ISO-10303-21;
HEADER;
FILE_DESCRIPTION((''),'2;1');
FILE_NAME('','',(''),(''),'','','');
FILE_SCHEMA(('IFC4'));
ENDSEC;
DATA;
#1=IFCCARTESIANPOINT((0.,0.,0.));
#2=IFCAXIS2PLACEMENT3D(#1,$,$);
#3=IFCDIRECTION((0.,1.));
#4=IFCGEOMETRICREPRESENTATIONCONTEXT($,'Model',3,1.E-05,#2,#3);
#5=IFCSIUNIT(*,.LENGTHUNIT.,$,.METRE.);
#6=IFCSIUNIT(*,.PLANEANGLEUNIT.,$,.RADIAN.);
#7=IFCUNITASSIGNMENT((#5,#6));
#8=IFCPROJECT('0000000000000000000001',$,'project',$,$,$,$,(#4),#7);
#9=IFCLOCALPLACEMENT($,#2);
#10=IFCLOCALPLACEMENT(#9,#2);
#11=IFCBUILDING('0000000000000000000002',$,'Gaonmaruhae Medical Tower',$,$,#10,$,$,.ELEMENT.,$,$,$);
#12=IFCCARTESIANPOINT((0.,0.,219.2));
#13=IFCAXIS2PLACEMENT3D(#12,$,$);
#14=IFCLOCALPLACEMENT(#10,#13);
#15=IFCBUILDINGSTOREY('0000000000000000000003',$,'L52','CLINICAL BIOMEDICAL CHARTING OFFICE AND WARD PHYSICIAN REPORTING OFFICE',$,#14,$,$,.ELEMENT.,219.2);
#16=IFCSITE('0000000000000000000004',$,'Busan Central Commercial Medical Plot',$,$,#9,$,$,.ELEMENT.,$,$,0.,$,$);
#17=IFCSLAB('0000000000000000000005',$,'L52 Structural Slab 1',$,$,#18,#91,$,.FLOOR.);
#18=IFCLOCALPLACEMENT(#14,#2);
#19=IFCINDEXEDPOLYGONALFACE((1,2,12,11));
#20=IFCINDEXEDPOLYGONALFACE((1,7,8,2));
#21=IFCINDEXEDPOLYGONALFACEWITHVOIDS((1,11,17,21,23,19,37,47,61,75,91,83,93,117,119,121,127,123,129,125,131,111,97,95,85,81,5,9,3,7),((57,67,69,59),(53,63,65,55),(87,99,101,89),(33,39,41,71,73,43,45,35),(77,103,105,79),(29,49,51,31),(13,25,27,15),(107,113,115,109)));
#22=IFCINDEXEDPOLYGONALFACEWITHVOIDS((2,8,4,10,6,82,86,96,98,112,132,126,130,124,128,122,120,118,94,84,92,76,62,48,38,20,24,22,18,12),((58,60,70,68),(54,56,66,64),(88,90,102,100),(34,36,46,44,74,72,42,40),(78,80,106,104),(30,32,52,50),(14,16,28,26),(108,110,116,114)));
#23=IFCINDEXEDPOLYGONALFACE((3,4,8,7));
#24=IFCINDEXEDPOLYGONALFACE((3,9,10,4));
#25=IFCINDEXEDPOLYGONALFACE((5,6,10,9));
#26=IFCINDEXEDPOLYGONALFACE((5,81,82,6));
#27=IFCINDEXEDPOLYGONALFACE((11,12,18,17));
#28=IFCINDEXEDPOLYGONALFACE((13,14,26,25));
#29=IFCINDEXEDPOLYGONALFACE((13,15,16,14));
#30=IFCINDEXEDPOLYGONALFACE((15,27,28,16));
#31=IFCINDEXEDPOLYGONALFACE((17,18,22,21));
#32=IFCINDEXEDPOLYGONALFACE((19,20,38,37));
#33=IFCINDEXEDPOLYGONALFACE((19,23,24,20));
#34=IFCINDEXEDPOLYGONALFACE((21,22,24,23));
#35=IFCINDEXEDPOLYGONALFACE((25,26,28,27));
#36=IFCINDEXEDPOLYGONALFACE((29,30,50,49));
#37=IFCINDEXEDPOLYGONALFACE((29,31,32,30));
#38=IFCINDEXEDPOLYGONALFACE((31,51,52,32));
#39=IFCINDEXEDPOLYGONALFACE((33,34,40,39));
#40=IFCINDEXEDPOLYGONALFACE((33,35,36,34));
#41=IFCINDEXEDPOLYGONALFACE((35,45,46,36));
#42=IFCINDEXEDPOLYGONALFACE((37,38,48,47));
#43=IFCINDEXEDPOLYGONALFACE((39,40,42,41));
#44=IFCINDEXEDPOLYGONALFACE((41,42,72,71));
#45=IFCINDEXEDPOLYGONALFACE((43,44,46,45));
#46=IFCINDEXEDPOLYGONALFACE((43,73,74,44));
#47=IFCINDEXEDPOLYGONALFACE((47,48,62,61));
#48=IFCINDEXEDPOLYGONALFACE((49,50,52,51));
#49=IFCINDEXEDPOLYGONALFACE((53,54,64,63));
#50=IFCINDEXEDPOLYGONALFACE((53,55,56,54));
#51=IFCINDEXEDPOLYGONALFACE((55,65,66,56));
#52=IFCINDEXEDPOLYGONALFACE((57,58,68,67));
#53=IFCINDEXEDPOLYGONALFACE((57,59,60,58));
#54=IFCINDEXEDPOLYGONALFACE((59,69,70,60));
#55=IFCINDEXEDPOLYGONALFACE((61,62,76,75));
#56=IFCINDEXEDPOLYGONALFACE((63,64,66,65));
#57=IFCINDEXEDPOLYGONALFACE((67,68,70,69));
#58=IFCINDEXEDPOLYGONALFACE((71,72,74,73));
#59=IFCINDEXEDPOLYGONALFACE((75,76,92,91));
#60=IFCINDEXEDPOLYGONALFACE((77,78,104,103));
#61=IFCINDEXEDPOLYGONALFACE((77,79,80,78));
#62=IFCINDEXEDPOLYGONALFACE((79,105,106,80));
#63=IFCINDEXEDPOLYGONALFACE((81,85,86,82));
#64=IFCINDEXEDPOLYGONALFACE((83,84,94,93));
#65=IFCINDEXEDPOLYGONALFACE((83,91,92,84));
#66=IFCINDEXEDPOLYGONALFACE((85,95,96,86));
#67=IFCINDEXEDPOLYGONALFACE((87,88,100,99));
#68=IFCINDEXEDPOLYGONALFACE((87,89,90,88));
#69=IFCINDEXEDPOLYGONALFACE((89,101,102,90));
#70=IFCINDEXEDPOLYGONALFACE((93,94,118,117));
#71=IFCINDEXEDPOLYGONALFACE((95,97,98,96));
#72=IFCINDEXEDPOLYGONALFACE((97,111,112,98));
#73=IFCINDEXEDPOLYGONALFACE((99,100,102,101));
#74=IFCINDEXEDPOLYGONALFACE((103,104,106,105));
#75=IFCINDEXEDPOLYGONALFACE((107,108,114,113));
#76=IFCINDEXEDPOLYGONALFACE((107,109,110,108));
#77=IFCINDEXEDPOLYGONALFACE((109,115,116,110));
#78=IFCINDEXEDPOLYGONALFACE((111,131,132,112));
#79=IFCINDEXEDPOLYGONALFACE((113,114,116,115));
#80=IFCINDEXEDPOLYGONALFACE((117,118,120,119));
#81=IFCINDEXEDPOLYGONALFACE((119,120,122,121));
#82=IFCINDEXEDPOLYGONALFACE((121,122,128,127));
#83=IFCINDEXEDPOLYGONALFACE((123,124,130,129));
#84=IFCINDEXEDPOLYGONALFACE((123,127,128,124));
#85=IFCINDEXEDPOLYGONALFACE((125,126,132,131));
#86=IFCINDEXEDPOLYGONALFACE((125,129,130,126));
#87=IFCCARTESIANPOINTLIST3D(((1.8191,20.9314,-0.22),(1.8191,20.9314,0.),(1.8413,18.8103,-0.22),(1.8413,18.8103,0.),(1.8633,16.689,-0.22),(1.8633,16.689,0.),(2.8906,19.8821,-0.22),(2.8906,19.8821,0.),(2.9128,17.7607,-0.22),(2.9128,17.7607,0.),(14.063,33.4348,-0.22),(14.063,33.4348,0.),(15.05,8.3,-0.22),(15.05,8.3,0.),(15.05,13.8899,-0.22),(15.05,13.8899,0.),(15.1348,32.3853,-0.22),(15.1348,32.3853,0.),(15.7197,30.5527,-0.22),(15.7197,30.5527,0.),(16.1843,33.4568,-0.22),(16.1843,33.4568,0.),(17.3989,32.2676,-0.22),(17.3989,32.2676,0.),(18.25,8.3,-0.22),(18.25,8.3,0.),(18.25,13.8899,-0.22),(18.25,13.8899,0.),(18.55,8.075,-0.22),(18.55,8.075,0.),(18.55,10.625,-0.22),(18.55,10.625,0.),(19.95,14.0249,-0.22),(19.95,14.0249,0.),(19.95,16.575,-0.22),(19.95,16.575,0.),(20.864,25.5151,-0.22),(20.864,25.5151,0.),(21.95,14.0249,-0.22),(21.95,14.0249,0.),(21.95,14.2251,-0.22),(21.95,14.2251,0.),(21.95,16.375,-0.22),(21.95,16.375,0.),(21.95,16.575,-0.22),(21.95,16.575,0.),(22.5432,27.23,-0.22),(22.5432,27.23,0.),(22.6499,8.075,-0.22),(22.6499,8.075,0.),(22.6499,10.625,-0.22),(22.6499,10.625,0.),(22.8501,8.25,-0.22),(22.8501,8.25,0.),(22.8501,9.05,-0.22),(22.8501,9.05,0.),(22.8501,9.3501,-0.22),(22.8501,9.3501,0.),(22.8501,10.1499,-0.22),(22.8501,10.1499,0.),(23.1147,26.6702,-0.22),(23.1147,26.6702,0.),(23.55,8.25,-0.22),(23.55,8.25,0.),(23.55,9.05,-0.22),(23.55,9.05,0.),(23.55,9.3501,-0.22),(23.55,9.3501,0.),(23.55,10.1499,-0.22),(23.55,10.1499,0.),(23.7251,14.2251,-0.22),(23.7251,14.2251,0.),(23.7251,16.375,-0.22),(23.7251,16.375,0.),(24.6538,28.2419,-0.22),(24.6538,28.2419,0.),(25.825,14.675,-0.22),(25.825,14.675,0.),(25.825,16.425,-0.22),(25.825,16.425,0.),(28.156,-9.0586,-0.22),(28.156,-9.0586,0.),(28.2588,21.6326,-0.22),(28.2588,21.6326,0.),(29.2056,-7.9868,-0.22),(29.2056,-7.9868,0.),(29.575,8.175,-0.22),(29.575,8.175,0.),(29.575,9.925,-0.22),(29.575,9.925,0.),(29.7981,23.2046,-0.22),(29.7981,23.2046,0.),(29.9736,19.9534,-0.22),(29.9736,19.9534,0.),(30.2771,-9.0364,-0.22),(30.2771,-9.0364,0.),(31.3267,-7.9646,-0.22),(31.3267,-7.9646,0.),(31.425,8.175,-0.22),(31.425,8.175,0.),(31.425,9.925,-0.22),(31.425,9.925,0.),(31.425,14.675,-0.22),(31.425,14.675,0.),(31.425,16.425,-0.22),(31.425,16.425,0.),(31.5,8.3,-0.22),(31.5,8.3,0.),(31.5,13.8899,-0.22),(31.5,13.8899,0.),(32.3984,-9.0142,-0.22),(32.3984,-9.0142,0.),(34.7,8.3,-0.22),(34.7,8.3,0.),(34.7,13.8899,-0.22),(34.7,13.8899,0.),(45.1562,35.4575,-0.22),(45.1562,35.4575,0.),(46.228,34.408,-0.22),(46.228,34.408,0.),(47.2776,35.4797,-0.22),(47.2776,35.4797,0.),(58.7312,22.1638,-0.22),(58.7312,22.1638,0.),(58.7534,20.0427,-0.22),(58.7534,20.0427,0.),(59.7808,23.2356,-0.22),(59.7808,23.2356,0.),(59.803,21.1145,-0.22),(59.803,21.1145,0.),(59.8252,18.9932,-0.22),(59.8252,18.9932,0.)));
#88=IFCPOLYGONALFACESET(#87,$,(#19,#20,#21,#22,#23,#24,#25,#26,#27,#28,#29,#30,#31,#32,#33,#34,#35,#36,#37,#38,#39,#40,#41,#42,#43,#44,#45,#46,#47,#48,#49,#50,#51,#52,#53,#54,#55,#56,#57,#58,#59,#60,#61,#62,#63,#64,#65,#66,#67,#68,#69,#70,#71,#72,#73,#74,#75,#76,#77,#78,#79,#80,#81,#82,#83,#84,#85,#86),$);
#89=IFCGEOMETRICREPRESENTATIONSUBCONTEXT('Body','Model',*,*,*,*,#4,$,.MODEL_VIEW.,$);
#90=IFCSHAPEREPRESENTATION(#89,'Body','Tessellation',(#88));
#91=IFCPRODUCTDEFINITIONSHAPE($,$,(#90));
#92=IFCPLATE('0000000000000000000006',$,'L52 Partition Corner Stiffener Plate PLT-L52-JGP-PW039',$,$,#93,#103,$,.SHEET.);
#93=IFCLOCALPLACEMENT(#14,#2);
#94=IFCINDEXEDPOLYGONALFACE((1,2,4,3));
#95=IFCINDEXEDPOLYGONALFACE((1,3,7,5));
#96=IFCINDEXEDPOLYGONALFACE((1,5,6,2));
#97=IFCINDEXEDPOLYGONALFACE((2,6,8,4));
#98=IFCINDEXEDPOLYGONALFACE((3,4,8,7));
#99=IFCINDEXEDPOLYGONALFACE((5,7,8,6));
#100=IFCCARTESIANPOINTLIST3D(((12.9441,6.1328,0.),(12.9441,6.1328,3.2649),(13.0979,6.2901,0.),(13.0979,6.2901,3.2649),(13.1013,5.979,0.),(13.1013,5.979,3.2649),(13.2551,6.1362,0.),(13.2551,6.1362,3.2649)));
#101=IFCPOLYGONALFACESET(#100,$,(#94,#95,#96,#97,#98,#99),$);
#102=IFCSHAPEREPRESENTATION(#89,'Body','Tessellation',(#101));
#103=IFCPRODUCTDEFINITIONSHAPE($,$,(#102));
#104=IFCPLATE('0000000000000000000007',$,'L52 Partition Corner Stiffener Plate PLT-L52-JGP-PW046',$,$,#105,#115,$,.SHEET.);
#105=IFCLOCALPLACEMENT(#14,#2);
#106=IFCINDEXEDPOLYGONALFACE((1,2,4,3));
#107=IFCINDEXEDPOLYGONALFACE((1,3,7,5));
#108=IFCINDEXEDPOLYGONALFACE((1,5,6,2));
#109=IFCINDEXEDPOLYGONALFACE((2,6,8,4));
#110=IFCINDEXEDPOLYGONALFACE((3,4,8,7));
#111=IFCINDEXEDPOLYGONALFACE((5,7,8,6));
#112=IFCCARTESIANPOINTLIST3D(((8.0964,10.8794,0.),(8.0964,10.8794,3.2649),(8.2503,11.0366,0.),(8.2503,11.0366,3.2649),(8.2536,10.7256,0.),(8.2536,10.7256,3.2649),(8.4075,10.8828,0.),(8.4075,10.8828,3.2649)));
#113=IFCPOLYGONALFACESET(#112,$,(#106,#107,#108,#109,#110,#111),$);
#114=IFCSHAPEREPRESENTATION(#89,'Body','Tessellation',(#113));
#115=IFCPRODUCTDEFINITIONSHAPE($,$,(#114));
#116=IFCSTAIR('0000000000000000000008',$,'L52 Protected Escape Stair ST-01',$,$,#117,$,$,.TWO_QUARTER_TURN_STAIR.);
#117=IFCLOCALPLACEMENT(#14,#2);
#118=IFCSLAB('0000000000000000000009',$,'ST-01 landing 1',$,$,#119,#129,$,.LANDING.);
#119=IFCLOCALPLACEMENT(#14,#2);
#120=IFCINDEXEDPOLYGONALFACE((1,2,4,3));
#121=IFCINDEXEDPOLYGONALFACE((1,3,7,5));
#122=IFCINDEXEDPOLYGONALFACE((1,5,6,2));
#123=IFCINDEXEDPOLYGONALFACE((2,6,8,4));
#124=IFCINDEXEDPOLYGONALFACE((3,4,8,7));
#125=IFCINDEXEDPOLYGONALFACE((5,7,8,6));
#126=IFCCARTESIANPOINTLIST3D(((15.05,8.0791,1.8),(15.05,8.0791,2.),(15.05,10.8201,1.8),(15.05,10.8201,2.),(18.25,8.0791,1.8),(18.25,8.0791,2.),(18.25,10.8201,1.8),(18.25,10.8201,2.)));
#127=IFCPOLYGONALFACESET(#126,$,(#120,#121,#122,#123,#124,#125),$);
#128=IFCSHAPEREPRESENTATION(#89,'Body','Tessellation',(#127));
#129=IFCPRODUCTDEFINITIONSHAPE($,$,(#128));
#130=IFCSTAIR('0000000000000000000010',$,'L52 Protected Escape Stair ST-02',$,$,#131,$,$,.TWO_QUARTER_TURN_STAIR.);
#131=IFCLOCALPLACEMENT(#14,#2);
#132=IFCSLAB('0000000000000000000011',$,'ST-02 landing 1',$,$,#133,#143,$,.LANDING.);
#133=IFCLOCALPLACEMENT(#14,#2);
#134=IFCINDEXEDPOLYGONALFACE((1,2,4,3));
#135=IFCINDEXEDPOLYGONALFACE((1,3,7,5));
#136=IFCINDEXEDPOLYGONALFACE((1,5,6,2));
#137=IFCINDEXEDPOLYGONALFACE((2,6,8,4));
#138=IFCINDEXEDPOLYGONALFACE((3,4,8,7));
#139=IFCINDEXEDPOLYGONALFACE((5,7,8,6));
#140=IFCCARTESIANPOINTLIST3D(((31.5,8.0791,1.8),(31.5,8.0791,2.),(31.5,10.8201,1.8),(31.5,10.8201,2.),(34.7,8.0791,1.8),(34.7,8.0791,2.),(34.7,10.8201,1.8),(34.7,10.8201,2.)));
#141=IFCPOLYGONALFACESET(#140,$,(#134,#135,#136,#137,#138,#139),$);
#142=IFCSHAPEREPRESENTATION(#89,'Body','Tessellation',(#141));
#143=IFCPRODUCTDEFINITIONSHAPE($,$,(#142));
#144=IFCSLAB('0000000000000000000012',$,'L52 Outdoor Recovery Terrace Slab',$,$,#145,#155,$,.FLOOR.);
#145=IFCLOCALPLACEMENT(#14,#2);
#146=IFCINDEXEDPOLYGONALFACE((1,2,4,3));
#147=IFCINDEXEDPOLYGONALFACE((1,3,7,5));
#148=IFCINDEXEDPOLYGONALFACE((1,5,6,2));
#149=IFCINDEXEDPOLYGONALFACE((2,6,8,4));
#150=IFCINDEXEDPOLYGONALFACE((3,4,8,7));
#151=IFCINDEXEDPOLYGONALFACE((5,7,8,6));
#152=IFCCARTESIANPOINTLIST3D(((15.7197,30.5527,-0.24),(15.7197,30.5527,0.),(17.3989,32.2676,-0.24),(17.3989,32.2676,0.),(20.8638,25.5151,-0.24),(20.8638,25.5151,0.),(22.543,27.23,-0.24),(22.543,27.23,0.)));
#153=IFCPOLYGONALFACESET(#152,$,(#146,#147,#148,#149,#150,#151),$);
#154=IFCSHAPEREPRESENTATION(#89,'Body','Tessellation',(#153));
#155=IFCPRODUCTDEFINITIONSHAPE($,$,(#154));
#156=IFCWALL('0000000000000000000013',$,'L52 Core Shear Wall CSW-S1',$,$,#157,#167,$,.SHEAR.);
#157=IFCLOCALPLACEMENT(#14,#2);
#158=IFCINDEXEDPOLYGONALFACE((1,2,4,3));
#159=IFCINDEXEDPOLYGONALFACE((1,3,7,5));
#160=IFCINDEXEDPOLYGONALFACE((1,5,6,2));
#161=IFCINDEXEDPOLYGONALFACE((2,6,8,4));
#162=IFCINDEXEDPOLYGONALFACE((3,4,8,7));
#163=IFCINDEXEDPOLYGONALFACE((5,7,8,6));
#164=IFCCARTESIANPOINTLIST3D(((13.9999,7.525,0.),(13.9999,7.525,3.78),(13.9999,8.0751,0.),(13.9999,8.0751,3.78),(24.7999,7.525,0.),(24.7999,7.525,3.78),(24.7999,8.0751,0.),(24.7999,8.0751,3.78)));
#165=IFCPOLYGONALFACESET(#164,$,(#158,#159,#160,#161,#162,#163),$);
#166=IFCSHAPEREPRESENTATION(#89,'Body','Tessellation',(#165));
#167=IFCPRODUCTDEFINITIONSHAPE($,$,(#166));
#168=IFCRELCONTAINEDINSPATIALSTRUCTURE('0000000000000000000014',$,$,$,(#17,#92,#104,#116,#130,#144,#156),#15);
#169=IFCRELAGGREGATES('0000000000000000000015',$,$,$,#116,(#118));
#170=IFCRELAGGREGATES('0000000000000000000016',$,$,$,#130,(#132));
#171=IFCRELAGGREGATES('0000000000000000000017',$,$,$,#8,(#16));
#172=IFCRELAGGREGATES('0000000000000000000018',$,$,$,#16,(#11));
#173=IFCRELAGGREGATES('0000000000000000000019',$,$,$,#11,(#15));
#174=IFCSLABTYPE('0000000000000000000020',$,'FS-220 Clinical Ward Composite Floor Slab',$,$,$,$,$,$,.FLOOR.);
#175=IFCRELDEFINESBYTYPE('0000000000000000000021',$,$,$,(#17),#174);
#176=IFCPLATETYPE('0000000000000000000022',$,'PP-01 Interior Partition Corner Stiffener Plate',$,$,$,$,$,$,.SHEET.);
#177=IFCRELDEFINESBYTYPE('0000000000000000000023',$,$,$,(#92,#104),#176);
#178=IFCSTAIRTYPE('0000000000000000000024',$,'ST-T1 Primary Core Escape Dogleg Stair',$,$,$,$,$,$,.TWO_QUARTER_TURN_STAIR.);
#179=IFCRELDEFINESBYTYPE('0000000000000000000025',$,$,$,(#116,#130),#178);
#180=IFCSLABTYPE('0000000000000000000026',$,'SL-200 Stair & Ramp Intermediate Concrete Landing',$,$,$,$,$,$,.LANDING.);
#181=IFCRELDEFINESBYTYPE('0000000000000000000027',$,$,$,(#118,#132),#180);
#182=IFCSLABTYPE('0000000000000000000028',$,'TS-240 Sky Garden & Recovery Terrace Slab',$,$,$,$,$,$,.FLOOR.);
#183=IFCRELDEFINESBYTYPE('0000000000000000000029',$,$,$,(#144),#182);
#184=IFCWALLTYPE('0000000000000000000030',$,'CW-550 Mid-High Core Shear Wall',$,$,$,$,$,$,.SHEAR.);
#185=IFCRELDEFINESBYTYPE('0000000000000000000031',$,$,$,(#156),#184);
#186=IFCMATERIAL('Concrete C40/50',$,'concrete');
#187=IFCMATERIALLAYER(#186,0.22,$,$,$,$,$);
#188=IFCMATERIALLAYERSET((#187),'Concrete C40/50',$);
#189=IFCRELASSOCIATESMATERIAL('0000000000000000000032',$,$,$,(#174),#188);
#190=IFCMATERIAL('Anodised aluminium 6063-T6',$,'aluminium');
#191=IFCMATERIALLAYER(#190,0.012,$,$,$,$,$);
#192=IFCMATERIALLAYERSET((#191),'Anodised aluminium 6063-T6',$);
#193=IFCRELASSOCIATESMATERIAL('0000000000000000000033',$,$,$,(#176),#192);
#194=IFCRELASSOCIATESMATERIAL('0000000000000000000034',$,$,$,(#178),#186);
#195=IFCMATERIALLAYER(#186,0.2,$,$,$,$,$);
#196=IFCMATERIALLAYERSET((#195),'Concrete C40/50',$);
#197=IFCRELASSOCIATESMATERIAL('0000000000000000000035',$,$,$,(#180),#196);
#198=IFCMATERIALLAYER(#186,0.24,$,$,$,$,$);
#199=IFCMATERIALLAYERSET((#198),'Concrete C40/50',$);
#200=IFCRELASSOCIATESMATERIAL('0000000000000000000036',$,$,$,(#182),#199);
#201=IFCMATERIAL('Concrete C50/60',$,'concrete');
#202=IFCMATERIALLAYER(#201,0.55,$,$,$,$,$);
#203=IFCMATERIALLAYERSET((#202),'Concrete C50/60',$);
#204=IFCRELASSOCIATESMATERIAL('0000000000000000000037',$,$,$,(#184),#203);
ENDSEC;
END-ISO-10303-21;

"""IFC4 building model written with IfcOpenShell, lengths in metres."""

from ifc_helpers import new_model, si_unit, direction, frame, frame_2d, origin, origin_2d, place, context, subcontext, project, spatial, polyline, rectangle, outline, extrude, material, layer, layer_set, type_object, element, aggregate, save


model = new_model("IFC4")

# Units and contexts
model_context = context("Model", 3, precision=1e-05, world=origin(), true_north=direction((0.0, 1.0)))
body_context = subcontext(model_context, "Body", "Model", "MODEL_VIEW")
ifc_project = project(units=[si_unit("LENGTHUNIT", "METRE"), si_unit("PLANEANGLEUNIT", "RADIAN")], contexts=[model_context])

# Site, building, storey
site_placement = place(None, origin())
site = spatial("IfcSite", under=ifc_project, at=site_placement, Name="Busan Central Commercial Medical Plot", CompositionType="ELEMENT", RefElevation=0.0)
building_placement = place(site_placement, origin())
building = spatial("IfcBuilding", under=site, at=building_placement, Name="Gaonmaruhae Medical Tower", CompositionType="ELEMENT")
storey_placement = place(building_placement, frame((0.0, 0.0, 219.2)))
storey = spatial("IfcBuildingStorey", under=building, at=storey_placement, Name="L52", Description="CLINICAL BIOMEDICAL CHARTING OFFICE AND WARD PHYSICIAN REPORTING OFFICE", CompositionType="ELEMENT", Elevation=219.2)

# Shared definitions
ifc_material_1 = material(Name="Concrete C50/60", Category="concrete")

# Slab
ifc_material_2 = material(Name="Concrete C40/50", Category="concrete")
ifc_layer_1 = layer(ifc_material_2, 0.22)
ifc_layer_set_1 = layer_set([ifc_layer_1], Name="Concrete C40/50")
slab_type_1 = type_object("IfcSlabType", Name="FS-220 Clinical Ward Composite Floor Slab", PredefinedType="FLOOR", material=ifc_layer_set_1)
slab_1_placement = place(storey_placement, frame((0.0, 0.0, -0.22)))
element("IfcSlab", 1, at=slab_1_placement, inside=storey, type_object=slab_type_1, Name="L52 Structural Slab 1", PredefinedType="FLOOR", context=body_context, shape_type="SweptSolid", body=[
    extrude(outline(polyline([(45.1562, 35.4575), (46.228, 34.408), (47.2776, 35.4797), (59.7808, 23.2356), (58.7312, 22.1638), (59.803, 21.1145), (58.7534, 20.0427), (59.8252, 18.9932), (32.3984, -9.0142), (31.3267, -7.9646), (30.2771, -9.0364), (29.2056, -7.9868), (28.156, -9.0586), (1.8633, 16.689), (2.9128, 17.7607), (1.8413, 18.8103), (2.8906, 19.8821), (1.8191, 20.9314), (14.063, 33.4348), (15.1348, 32.3853), (16.1843, 33.4568), (17.3989, 32.2676), (15.7197, 30.5527), (20.864, 25.5151), (22.5432, 27.23), (23.1147, 26.6702), (24.6538, 28.2419), (29.7981, 23.2046), (28.2588, 21.6326), (29.9736, 19.9534), (45.1562, 35.4575)]), holes=[polyline([(23.55, 8.25), (22.8501, 8.25), (22.8501, 9.05), (23.55, 9.05), (23.55, 8.25)]), polyline([(31.425, 9.925), (31.425, 8.175), (29.575, 8.175), (29.575, 9.925), (31.425, 9.925)]), polyline([(22.6499, 10.625), (22.6499, 8.075), (18.55, 8.075), (18.55, 10.625), (22.6499, 10.625)]), polyline([(23.55, 9.3501), (22.8501, 9.3501), (22.8501, 10.1499), (23.55, 10.1499), (23.55, 9.3501)]), polyline([(15.05, 13.8899), (18.25, 13.8899), (18.25, 8.3), (15.05, 8.3), (15.05, 13.8899)]), polyline([(31.5, 13.8899), (34.7, 13.8899), (34.7, 8.3), (31.5, 8.3), (31.5, 13.8899)]), polyline([(21.95, 14.2251), (21.95, 14.0249), (19.95, 14.0249), (19.95, 16.575), (21.95, 16.575), (21.95, 16.375), (23.7251, 16.375), (23.7251, 14.2251), (21.95, 14.2251)]), polyline([(31.425, 16.425), (31.425, 14.675), (25.825, 14.675), (25.825, 16.425), (31.425, 16.425)])]), origin(), (0.0, 0.0, 1.0), 0.22),
])

# Plates
ifc_material_3 = material(Name="Anodised aluminium 6063-T6", Category="aluminium")
ifc_layer_2 = layer(ifc_material_3, 0.012)
ifc_layer_set_2 = layer_set([ifc_layer_2], Name="Anodised aluminium 6063-T6")
plate_type = type_object("IfcPlateType", Name="PP-01 Interior Partition Corner Stiffener Plate", PredefinedType="SHEET", material=ifc_layer_set_2)
for number, where, z_axis, x_axis, name in (
    (2, (13.0996, 6.1345, 0.0), (0.0, 0.0, 1.0), (-0.714692, 0.699439, 0.0), "L52 Partition Corner Stiffener Plate PLT-L52-JGP-PW039"),
    (3, (8.252, 10.8811, 0.0), (0.0, 0.0, 1.0), (-0.714729, 0.699401, 0.0), "L52 Partition Corner Stiffener Plate PLT-L52-JGP-PW046"),
):
    element("IfcPlate", number, at=place(storey_placement, frame(where, z_axis=z_axis, x_axis=x_axis)), inside=storey, type_object=plate_type, Name=name, PredefinedType="SHEET", context=body_context, shape_type="SweptSolid", body=[
        extrude(rectangle(XDim=0.22, YDim=0.22, at=origin_2d()), origin(), (0.0, 0.0, 1.0), 3.2649),
    ])

# Stairs, slabs
stair_type = type_object("IfcStairType", Name="ST-T1 Primary Core Escape Dogleg Stair", PredefinedType="TWO_QUARTER_TURN_STAIR", material=ifc_material_2)
stair_1_placement = place(storey_placement, origin())
stair_1 = element("IfcStair", 4, at=stair_1_placement, inside=storey, type_object=stair_type, Name="L52 Protected Escape Stair ST-01", PredefinedType="TWO_QUARTER_TURN_STAIR")
ifc_layer_3 = layer(ifc_material_2, 0.2)
ifc_layer_set_3 = layer_set([ifc_layer_3], Name="Concrete C40/50")
slab_type_2 = type_object("IfcSlabType", Name="SL-200 Stair & Ramp Intermediate Concrete Landing", PredefinedType="LANDING", material=ifc_layer_set_3)
slab_2_placement = place(storey_placement, frame((0.0, 0.0, 1.8)))
slab_2 = element("IfcSlab", 5, at=slab_2_placement, type_object=slab_type_2, Name="ST-01 landing 1", PredefinedType="LANDING", context=body_context, shape_type="SweptSolid", body=[
    extrude(outline(polyline([(15.05, 10.8201), (15.05, 8.0791), (18.25, 8.0791), (18.25, 10.8201), (15.05, 10.8201)])), origin(), (0.0, 0.0, 1.0), 0.2),
])
aggregate(stair_1, [slab_2])
stair_2_placement = place(storey_placement, origin())
stair_2 = element("IfcStair", 6, at=stair_2_placement, inside=storey, type_object=stair_type, Name="L52 Protected Escape Stair ST-02", PredefinedType="TWO_QUARTER_TURN_STAIR")
slab_3_placement = place(storey_placement, frame((0.0, 0.0, 1.8)))
slab_3 = element("IfcSlab", 7, at=slab_3_placement, type_object=slab_type_2, Name="ST-02 landing 1", PredefinedType="LANDING", context=body_context, shape_type="SweptSolid", body=[
    extrude(outline(polyline([(31.5, 10.8201), (31.5, 8.0791), (34.7, 8.0791), (34.7, 10.8201), (31.5, 10.8201)])), origin(), (0.0, 0.0, 1.0), 0.2),
])
aggregate(stair_2, [slab_3])

# Slab
ifc_layer_4 = layer(ifc_material_2, 0.24)
ifc_layer_set_4 = layer_set([ifc_layer_4], Name="Concrete C40/50")
slab_type_3 = type_object("IfcSlabType", Name="TS-240 Sky Garden & Recovery Terrace Slab", PredefinedType="FLOOR", material=ifc_layer_set_4)
slab_4_placement = place(storey_placement, frame((0.0, 0.0, -0.24)))
element("IfcSlab", 8, at=slab_4_placement, inside=storey, type_object=slab_type_3, Name="L52 Outdoor Recovery Terrace Slab", PredefinedType="FLOOR", context=body_context, shape_type="SweptSolid", body=[
    extrude(outline(polyline([(20.8638, 25.5151), (22.543, 27.23), (17.3989, 32.2676), (15.7197, 30.5527), (20.8638, 25.5151)])), origin(), (0.0, 0.0, 1.0), 0.24),
])

# Wall
ifc_layer_5 = layer(ifc_material_1, 0.55)
ifc_layer_set_5 = layer_set([ifc_layer_5], Name="Concrete C50/60")
wall_type_1 = type_object("IfcWallType", Name="CW-550 Mid-High Core Shear Wall", PredefinedType="SHEAR", material=ifc_layer_set_5)
wall_1_placement = place(storey_placement, frame((14.0, 7.8, 0.0), z_axis=(0.0, 0.0, 1.0), x_axis=(1.0, 0.0, 0.0)))
element("IfcWall", 9, at=wall_1_placement, inside=storey, type_object=wall_type_1, Name="L52 Core Shear Wall CSW-S1", PredefinedType="SHEAR", context=body_context, shape_type="SweptSolid", body=[
    extrude(rectangle(XDim=10.8, YDim=0.55, at=frame_2d((5.3999, 0.0))), origin(), (0.0, 0.0, 1.0), 3.78),
])

save(model, "model.ifc")
